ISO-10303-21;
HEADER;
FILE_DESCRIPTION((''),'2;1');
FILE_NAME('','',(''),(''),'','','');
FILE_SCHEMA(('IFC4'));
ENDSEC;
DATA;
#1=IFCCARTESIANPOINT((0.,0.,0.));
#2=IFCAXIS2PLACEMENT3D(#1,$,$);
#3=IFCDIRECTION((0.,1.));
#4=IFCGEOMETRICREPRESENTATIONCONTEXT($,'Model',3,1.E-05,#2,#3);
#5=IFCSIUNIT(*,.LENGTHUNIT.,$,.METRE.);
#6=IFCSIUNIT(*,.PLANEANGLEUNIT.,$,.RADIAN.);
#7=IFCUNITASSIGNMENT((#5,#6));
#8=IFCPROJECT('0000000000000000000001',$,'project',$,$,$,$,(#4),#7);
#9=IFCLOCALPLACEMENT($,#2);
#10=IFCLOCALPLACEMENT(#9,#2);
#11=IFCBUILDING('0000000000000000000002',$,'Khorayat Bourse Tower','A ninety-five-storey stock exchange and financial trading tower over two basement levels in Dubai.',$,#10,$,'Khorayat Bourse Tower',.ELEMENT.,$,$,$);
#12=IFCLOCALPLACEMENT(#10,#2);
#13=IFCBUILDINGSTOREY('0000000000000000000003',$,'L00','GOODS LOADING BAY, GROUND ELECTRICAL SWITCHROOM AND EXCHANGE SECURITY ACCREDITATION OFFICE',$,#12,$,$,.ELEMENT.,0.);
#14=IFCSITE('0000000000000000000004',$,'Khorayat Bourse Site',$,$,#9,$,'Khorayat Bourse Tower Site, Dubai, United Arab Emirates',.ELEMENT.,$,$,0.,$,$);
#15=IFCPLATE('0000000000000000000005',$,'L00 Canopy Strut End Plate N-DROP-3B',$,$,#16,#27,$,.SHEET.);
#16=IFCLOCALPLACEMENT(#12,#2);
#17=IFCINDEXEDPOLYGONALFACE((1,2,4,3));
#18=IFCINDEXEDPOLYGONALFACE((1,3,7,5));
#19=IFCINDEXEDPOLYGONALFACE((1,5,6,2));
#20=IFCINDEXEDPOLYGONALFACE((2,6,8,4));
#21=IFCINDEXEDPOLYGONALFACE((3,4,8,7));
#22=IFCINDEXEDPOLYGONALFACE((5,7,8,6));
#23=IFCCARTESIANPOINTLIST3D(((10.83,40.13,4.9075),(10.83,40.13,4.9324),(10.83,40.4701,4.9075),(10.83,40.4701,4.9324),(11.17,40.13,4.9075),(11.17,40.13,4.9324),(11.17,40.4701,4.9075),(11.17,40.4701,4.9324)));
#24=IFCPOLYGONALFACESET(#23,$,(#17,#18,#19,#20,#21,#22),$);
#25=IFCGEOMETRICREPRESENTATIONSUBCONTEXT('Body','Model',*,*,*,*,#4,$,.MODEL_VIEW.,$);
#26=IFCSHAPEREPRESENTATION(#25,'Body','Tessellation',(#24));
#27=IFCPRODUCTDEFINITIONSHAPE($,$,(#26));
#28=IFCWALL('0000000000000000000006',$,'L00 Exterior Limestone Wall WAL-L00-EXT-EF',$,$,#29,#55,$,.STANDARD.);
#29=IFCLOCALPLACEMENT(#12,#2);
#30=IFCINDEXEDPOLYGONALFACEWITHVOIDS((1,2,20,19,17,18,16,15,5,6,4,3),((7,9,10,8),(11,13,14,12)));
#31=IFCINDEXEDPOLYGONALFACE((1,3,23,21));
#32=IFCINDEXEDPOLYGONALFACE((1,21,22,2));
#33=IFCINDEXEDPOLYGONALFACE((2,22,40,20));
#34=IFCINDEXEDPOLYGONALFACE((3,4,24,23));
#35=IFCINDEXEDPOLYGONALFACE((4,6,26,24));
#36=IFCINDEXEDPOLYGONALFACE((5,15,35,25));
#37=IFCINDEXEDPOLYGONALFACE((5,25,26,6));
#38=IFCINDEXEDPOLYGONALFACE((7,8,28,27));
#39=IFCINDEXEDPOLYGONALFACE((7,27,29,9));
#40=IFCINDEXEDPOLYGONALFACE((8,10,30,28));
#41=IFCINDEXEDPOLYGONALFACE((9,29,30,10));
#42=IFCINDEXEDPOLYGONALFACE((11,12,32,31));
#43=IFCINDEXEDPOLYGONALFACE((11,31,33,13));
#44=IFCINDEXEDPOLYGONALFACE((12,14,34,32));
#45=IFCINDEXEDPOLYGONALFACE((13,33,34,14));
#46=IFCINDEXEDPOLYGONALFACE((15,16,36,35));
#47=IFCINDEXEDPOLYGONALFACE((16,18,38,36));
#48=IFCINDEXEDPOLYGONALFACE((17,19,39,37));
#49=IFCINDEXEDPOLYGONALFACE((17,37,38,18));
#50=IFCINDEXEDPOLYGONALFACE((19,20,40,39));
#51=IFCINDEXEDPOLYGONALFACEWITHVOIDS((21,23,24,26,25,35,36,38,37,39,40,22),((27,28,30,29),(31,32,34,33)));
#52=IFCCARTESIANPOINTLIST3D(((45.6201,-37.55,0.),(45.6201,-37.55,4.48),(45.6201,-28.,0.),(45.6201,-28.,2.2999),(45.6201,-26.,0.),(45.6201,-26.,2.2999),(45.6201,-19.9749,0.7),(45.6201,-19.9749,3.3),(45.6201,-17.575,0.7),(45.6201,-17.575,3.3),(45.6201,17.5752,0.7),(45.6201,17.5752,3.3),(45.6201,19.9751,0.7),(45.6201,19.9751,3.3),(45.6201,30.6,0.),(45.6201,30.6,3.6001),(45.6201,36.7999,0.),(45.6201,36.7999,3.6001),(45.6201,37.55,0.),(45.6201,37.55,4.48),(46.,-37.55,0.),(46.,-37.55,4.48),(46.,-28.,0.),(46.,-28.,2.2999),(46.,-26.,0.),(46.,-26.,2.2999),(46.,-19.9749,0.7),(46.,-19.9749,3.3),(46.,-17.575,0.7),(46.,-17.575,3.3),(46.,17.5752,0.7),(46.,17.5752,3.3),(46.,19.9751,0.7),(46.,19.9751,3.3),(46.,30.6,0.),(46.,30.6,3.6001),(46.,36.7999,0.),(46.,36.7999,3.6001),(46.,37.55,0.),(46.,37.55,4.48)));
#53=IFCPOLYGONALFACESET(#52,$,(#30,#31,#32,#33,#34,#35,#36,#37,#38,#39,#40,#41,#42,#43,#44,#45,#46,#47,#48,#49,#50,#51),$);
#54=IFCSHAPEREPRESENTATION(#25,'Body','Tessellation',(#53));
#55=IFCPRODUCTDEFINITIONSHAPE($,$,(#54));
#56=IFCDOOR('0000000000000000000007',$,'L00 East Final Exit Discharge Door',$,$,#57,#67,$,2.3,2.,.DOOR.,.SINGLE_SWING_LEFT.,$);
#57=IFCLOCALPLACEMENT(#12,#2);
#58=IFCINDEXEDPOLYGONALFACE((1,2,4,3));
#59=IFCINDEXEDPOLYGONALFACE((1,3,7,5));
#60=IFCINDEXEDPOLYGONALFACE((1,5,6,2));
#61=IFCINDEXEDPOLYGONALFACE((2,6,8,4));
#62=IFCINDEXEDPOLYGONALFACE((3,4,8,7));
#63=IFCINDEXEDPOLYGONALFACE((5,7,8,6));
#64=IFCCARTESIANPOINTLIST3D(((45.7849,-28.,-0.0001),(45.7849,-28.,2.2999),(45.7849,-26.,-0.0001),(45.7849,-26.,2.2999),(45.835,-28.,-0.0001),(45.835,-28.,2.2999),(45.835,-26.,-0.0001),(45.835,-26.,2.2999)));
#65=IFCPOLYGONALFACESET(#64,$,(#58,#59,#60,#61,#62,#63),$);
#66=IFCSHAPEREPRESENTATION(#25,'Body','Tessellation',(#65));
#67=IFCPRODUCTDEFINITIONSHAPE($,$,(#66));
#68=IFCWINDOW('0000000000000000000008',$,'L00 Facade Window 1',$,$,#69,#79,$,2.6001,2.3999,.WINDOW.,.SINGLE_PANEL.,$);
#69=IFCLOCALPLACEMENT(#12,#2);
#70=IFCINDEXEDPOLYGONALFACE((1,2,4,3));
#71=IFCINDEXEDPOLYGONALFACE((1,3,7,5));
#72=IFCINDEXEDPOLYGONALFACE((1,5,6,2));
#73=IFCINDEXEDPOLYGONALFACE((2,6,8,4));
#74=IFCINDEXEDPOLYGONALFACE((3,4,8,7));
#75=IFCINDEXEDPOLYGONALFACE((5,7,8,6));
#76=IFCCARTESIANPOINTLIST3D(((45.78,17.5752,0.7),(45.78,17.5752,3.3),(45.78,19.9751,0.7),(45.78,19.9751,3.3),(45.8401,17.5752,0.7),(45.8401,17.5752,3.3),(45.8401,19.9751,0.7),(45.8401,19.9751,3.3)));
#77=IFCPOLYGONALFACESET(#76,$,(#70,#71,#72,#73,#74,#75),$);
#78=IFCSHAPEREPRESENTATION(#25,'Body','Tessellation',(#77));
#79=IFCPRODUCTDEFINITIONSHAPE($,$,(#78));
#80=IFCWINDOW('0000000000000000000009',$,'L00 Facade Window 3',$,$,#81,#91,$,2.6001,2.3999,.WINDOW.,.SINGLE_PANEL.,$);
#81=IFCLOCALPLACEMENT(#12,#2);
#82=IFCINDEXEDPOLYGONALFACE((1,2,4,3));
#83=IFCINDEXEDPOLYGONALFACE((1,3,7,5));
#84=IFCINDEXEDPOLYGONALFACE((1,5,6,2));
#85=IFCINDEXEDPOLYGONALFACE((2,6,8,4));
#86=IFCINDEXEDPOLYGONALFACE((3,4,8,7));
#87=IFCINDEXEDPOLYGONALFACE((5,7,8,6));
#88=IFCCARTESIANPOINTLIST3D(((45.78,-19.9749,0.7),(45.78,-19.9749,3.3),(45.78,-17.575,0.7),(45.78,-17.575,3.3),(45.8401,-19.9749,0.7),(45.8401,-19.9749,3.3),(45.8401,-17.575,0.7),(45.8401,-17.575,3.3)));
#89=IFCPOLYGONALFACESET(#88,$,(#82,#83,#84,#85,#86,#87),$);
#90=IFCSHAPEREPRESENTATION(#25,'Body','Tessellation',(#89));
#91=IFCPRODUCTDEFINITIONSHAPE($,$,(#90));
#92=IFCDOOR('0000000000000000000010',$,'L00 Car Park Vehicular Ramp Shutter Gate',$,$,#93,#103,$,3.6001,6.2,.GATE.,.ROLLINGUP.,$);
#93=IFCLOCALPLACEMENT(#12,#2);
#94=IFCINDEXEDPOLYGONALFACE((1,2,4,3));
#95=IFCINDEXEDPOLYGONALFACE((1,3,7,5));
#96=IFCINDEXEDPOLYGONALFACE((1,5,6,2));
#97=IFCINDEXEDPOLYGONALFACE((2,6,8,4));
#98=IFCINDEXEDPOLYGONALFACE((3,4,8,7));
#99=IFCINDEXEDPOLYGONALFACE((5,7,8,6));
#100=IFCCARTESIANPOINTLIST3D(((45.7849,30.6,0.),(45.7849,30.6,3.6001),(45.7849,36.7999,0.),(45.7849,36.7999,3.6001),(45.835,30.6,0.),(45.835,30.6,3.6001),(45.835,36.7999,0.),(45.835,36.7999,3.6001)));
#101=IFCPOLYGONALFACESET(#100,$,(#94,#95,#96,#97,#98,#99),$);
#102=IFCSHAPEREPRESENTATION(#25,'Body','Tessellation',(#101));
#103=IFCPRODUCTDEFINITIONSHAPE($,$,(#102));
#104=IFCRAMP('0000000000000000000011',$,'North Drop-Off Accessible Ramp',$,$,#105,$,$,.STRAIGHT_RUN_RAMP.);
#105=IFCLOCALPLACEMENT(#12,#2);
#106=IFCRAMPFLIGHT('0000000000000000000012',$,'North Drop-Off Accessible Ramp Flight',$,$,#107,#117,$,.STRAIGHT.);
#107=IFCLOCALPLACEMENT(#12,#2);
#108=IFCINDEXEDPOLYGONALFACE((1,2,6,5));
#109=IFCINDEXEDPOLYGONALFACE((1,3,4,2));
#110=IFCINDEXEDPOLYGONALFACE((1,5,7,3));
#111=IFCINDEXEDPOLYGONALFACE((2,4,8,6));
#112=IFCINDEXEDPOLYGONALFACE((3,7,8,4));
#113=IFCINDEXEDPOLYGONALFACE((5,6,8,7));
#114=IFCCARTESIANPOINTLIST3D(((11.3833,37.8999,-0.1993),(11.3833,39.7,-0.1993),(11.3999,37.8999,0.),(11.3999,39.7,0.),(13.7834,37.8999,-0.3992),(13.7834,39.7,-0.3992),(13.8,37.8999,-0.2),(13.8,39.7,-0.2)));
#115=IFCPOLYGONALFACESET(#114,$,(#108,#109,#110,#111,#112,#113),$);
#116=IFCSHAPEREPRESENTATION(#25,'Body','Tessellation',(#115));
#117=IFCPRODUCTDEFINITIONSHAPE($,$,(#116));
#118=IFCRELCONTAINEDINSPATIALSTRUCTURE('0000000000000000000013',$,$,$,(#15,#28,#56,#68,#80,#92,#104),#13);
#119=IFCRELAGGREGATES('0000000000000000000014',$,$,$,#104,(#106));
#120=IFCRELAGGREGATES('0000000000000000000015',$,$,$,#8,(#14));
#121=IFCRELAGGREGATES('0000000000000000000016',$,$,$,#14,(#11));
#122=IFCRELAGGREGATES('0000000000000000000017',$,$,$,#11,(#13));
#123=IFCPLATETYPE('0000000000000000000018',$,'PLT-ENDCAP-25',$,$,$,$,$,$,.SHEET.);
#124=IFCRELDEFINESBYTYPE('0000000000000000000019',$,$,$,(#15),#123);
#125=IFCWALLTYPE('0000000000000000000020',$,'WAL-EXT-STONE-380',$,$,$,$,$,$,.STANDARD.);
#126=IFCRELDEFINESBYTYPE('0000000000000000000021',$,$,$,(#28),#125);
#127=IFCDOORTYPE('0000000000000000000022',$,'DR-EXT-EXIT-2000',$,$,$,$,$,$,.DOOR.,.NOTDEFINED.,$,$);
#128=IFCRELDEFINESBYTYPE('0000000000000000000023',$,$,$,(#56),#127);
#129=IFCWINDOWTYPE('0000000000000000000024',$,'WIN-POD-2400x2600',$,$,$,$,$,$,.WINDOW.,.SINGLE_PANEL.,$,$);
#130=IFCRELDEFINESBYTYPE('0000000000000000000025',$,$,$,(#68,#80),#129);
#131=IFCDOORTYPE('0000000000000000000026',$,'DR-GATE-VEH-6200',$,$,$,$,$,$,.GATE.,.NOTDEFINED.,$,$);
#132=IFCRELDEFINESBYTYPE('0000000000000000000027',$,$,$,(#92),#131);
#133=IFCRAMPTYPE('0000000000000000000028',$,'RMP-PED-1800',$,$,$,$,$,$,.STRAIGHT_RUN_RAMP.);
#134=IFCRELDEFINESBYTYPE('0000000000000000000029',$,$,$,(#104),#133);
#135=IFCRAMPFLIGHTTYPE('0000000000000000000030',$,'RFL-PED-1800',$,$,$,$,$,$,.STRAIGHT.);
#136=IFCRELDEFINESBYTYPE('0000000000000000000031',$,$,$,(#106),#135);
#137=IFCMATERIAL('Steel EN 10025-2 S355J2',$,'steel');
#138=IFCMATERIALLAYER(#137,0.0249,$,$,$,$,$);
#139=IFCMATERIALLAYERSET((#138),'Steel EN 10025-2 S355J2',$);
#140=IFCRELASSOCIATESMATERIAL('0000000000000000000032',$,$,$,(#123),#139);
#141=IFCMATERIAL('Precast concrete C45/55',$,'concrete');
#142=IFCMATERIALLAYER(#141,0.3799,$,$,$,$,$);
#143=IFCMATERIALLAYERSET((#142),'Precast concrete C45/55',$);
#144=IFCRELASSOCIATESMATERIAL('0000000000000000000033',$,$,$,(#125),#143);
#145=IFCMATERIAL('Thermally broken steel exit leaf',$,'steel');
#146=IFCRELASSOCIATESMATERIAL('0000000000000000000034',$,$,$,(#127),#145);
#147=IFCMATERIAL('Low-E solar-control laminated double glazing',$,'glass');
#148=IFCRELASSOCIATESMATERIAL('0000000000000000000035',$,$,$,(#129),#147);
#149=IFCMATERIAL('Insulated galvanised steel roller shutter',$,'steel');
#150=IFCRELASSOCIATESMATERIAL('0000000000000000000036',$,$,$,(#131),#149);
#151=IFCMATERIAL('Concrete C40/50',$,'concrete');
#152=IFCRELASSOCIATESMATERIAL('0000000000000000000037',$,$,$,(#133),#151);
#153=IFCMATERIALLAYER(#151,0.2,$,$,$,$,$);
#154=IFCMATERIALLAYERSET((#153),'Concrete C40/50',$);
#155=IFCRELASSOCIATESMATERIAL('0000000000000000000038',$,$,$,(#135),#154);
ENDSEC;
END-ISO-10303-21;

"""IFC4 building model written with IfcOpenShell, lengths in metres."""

from ifc_helpers import new_model, si_unit, direction, frame, frame_2d, origin, origin_2d, place, context, subcontext, project, spatial, polyline, rectangle, outline, extrude, source, transform, mapped, material, layer, layer_set, type_object, element, fill, aggregate, save


model = new_model("IFC4")

# Units and contexts
model_context = context("Model", 3, precision=1e-05, world=origin(), true_north=direction((0.0, 1.0)))
body_context = subcontext(model_context, "Body", "Model", "MODEL_VIEW")
ifc_project = project(units=[si_unit("LENGTHUNIT", "METRE"), si_unit("PLANEANGLEUNIT", "RADIAN")], contexts=[model_context])

# Site, building, storey
site_placement = place(None, origin())
site = spatial("IfcSite", under=ifc_project, at=site_placement, Name="Khorayat Bourse Site", LongName="Khorayat Bourse Tower Site, Dubai, United Arab Emirates", CompositionType="ELEMENT", RefElevation=0.0)
building_placement = place(site_placement, origin())
building = spatial("IfcBuilding", under=site, at=building_placement, Name="Khorayat Bourse Tower", Description="A ninety-five-storey stock exchange and financial trading tower over two basement levels in Dubai.", LongName="Khorayat Bourse Tower", CompositionType="ELEMENT")
storey_placement = place(building_placement, origin())
storey = spatial("IfcBuildingStorey", under=building, at=storey_placement, Name="L00", Description="GOODS LOADING BAY, GROUND ELECTRICAL SWITCHROOM AND EXCHANGE SECURITY ACCREDITATION OFFICE", CompositionType="ELEMENT", Elevation=0.0)

# Shared definitions
ifc_material_1 = material(Name="Steel EN 10025-2 S355J2", Category="steel")

# Plate
ifc_layer_1 = layer(ifc_material_1, 0.0249)
ifc_layer_set_1 = layer_set([ifc_layer_1], Name="Steel EN 10025-2 S355J2")
plate_type = type_object("IfcPlateType", Name="PLT-ENDCAP-25", PredefinedType="SHEET", material=ifc_layer_set_1)
shared_shape_1 = source(origin(), body_context, "Body", "SweptSolid", [
    extrude(rectangle(XDim=0.3401, YDim=0.3401, at=origin_2d()), origin(), (0.0, 0.0, 1.0), 0.0249),
])
for number, where, z_axis, x_axis, name in (
    (1, (11.0, 40.3, 4.9075), (0.0, 0.0, 1.0), (1.0, 0.0, 0.0), "L00 Canopy Strut End Plate N-DROP-3B"),
):
    element("IfcPlate", number, at=place(storey_placement, frame(where, z_axis=z_axis, x_axis=x_axis)), inside=storey, type_object=plate_type, Name=name, PredefinedType="SHEET", context=body_context, shape_type="MappedRepresentation", body=[
        mapped(shared_shape_1, transform((0.0, 0.0, 0.0), scale=1.0)),
    ])

# Wall, openings, doors, windows
ifc_material_2 = material(Name="Precast concrete C45/55", Category="concrete")
ifc_layer_2 = layer(ifc_material_2, 0.3799)
ifc_layer_set_2 = layer_set([ifc_layer_2], Name="Precast concrete C45/55")
wall_type = type_object("IfcWallType", Name="WAL-EXT-STONE-380", PredefinedType="STANDARD", material=ifc_layer_set_2)
shared_shape_2 = source(origin(), body_context, "Body", "SweptSolid", [
    extrude(rectangle(XDim=75.1001, YDim=0.3799, at=frame_2d((37.55, 0.0))), origin(), (0.0, 0.0, 1.0), 4.48),
])
wall_placement = place(storey_placement, frame((45.8101, 37.55, 0.0), z_axis=(0.0, 0.0, 1.0), x_axis=(0.0, -1.0, 0.0)))
wall = element("IfcWall", 2, at=wall_placement, inside=storey, type_object=wall_type, Name="L00 Exterior Limestone Wall WAL-L00-EXT-EF", PredefinedType="STANDARD", context=body_context, shape_type="MappedRepresentation", body=[
    mapped(shared_shape_2, transform((0.0, 0.0, 0.0), scale=1.0)),
])
shared_shape_3 = source(origin(), body_context, "Body", "SweptSolid", [
    extrude(rectangle(XDim=2.0, YDim=2.3, at=frame_2d((1.0, 1.1499))), frame((0.0, 0.2, 0.0), z_axis=(0.0, -1.0, 0.0), x_axis=(1.0, 0.0, 0.0)), (0.0, 0.0, 1.0), 0.3999),
])
opening_1_placement = place(wall_placement, frame((63.55, 0.0, 0.0)))
opening_1 = element("IfcOpeningElement", 3, at=opening_1_placement, cuts=wall, PredefinedType="OPENING", context=body_context, shape_type="MappedRepresentation", body=[
    mapped(shared_shape_3, transform((0.0, 0.0, 0.0), scale=1.0)),
])
shared_shape_4 = source(origin(), body_context, "Body", "SweptSolid", [
    extrude(rectangle(XDim=6.2, YDim=3.6001, at=frame_2d((3.1001, 1.8))), frame((0.0, 0.2, 0.0), z_axis=(0.0, -1.0, 0.0), x_axis=(1.0, 0.0, 0.0)), (0.0, 0.0, 1.0), 0.3999),
])
opening_2_placement = place(wall_placement, frame((0.75, 0.0, 0.0)))
opening_2 = element("IfcOpeningElement", 4, at=opening_2_placement, cuts=wall, PredefinedType="OPENING", context=body_context, shape_type="MappedRepresentation", body=[
    mapped(shared_shape_4, transform((0.0, 0.0, 0.0), scale=1.0)),
])
shared_shape_5 = source(origin(), body_context, "Body", "SweptSolid", [
    extrude(rectangle(XDim=2.3999, YDim=2.6001, at=frame_2d((1.2, 1.3))), frame((0.0, 0.2, 0.0), z_axis=(0.0, -1.0, 0.0), x_axis=(1.0, 0.0, 0.0)), (0.0, 0.0, 1.0), 0.3999),
])
opening_3_placement = place(wall_placement, frame((17.575, 0.0, 0.7)))
opening_3 = element("IfcOpeningElement", 5, at=opening_3_placement, cuts=wall, PredefinedType="OPENING", context=body_context, shape_type="MappedRepresentation", body=[
    mapped(shared_shape_5, transform((0.0, 0.0, 0.0), scale=1.0)),
])
opening_4_placement = place(wall_placement, frame((55.125, 0.0, 0.7)))
opening_4 = element("IfcOpeningElement", 6, at=opening_4_placement, cuts=wall, PredefinedType="OPENING", context=body_context, shape_type="MappedRepresentation", body=[
    mapped(shared_shape_5, transform((0.0, 0.0, 0.0), scale=1.0)),
])
ifc_material_3 = material(Name="Thermally broken steel exit leaf", Category="steel")
door_type_1 = type_object("IfcDoorType", Name="DR-EXT-EXIT-2000", OperationType="NOTDEFINED", PredefinedType="DOOR", material=ifc_material_3)
shared_shape_6 = source(origin(), body_context, "Body", "SweptSolid", [
    extrude(rectangle(XDim=2.0, YDim=2.3, at=frame_2d((1.0, 1.1499))), frame((0.0, 0.0249, 0.0), z_axis=(0.0, -1.0, 0.0), x_axis=(1.0, 0.0, 0.0)), (0.0, 0.0, 1.0), 0.05),
])
door_1_placement = place(opening_1_placement, origin())
door_1 = element("IfcDoor", 7, at=door_1_placement, inside=storey, type_object=door_type_1, Name="L00 East Final Exit Discharge Door", OperationType="SINGLE_SWING_LEFT", OverallHeight=2.3, OverallWidth=2.0, PredefinedType="DOOR", context=body_context, shape_type="MappedRepresentation", body=[
    mapped(shared_shape_6, transform((0.0, 0.0, 0.0), scale=1.0)),
])
fill(opening_1, door_1)
ifc_material_4 = material(Name="Low-E solar-control laminated double glazing", Category="glass")
window_type = type_object("IfcWindowType", Name="WIN-POD-2400x2600", PartitioningType="SINGLE_PANEL", PredefinedType="WINDOW", material=ifc_material_4)
shared_shape_7 = source(origin(), body_context, "Body", "SweptSolid", [
    extrude(rectangle(XDim=2.3999, YDim=2.6001, at=frame_2d((1.2, 1.3))), frame((0.0, 0.03, 0.0), z_axis=(0.0, -1.0, 0.0), x_axis=(1.0, 0.0, 0.0)), (0.0, 0.0, 1.0), 0.0601),
])
window_1_placement = place(opening_3_placement, origin())
window_1 = element("IfcWindow", 8, at=window_1_placement, inside=storey, type_object=window_type, Name="L00 Facade Window 1", OverallHeight=2.6001, OverallWidth=2.3999, PartitioningType="SINGLE_PANEL", PredefinedType="WINDOW", context=body_context, shape_type="MappedRepresentation", body=[
    mapped(shared_shape_7, transform((0.0, 0.0, 0.0), scale=1.0)),
])
fill(opening_3, window_1)
window_2_placement = place(opening_4_placement, origin())
window_2 = element("IfcWindow", 9, at=window_2_placement, inside=storey, type_object=window_type, Name="L00 Facade Window 3", OverallHeight=2.6001, OverallWidth=2.3999, PartitioningType="SINGLE_PANEL", PredefinedType="WINDOW", context=body_context, shape_type="MappedRepresentation", body=[
    mapped(shared_shape_7, transform((0.0, 0.0, 0.0), scale=1.0)),
])
fill(opening_4, window_2)
ifc_material_5 = material(Name="Insulated galvanised steel roller shutter", Category="steel")
door_type_2 = type_object("IfcDoorType", Name="DR-GATE-VEH-6200", OperationType="NOTDEFINED", PredefinedType="GATE", material=ifc_material_5)
shared_shape_8 = source(origin(), body_context, "Body", "SweptSolid", [
    extrude(rectangle(XDim=6.2, YDim=3.6001, at=frame_2d((3.1001, 1.8))), frame((0.0, 0.0249, 0.0), z_axis=(0.0, -1.0, 0.0), x_axis=(1.0, 0.0, 0.0)), (0.0, 0.0, 1.0), 0.05),
])
door_2_placement = place(opening_2_placement, origin())
door_2 = element("IfcDoor", 10, at=door_2_placement, inside=storey, type_object=door_type_2, Name="L00 Car Park Vehicular Ramp Shutter Gate", OperationType="ROLLINGUP", OverallHeight=3.6001, OverallWidth=6.2, PredefinedType="GATE", context=body_context, shape_type="MappedRepresentation", body=[
    mapped(shared_shape_8, transform((0.0, 0.0, 0.0), scale=1.0)),
])
fill(opening_2, door_2)

# Ramp, ramp flight
ifc_material_6 = material(Name="Concrete C40/50", Category="concrete")
ramp_type = type_object("IfcRampType", Name="RMP-PED-1800", PredefinedType="STRAIGHT_RUN_RAMP", material=ifc_material_6)
ramp_placement = place(storey_placement, origin())
ramp = element("IfcRamp", 11, at=ramp_placement, inside=storey, type_object=ramp_type, Name="North Drop-Off Accessible Ramp", PredefinedType="STRAIGHT_RUN_RAMP")
ifc_layer_3 = layer(ifc_material_6, 0.2)
ifc_layer_set_3 = layer_set([ifc_layer_3], Name="Concrete C40/50")
ramp_flight_type = type_object("IfcRampFlightType", Name="RFL-PED-1800", PredefinedType="STRAIGHT", material=ifc_layer_set_3)
ramp_flight_placement = place(storey_placement, frame((13.8, 37.8999, -0.2), z_axis=(0.08302, 0.0, 0.996548), x_axis=(-0.996548, 0.0, 0.08302)))
ramp_flight = element("IfcRampFlight", 12, at=ramp_flight_placement, type_object=ramp_flight_type, Name="North Drop-Off Accessible Ramp Flight", PredefinedType="STRAIGHT", context=body_context, shape_type="SweptSolid", body=[
    extrude(outline(polyline([(0.0, 0.0), (2.4085, 0.0), (2.4085, -1.8), (0.0, -1.8), (0.0, 0.0)])), origin(), (0.0, 0.0, -1.0), 0.2),
])
aggregate(ramp, [ramp_flight])

save(model, "model.ifc")
